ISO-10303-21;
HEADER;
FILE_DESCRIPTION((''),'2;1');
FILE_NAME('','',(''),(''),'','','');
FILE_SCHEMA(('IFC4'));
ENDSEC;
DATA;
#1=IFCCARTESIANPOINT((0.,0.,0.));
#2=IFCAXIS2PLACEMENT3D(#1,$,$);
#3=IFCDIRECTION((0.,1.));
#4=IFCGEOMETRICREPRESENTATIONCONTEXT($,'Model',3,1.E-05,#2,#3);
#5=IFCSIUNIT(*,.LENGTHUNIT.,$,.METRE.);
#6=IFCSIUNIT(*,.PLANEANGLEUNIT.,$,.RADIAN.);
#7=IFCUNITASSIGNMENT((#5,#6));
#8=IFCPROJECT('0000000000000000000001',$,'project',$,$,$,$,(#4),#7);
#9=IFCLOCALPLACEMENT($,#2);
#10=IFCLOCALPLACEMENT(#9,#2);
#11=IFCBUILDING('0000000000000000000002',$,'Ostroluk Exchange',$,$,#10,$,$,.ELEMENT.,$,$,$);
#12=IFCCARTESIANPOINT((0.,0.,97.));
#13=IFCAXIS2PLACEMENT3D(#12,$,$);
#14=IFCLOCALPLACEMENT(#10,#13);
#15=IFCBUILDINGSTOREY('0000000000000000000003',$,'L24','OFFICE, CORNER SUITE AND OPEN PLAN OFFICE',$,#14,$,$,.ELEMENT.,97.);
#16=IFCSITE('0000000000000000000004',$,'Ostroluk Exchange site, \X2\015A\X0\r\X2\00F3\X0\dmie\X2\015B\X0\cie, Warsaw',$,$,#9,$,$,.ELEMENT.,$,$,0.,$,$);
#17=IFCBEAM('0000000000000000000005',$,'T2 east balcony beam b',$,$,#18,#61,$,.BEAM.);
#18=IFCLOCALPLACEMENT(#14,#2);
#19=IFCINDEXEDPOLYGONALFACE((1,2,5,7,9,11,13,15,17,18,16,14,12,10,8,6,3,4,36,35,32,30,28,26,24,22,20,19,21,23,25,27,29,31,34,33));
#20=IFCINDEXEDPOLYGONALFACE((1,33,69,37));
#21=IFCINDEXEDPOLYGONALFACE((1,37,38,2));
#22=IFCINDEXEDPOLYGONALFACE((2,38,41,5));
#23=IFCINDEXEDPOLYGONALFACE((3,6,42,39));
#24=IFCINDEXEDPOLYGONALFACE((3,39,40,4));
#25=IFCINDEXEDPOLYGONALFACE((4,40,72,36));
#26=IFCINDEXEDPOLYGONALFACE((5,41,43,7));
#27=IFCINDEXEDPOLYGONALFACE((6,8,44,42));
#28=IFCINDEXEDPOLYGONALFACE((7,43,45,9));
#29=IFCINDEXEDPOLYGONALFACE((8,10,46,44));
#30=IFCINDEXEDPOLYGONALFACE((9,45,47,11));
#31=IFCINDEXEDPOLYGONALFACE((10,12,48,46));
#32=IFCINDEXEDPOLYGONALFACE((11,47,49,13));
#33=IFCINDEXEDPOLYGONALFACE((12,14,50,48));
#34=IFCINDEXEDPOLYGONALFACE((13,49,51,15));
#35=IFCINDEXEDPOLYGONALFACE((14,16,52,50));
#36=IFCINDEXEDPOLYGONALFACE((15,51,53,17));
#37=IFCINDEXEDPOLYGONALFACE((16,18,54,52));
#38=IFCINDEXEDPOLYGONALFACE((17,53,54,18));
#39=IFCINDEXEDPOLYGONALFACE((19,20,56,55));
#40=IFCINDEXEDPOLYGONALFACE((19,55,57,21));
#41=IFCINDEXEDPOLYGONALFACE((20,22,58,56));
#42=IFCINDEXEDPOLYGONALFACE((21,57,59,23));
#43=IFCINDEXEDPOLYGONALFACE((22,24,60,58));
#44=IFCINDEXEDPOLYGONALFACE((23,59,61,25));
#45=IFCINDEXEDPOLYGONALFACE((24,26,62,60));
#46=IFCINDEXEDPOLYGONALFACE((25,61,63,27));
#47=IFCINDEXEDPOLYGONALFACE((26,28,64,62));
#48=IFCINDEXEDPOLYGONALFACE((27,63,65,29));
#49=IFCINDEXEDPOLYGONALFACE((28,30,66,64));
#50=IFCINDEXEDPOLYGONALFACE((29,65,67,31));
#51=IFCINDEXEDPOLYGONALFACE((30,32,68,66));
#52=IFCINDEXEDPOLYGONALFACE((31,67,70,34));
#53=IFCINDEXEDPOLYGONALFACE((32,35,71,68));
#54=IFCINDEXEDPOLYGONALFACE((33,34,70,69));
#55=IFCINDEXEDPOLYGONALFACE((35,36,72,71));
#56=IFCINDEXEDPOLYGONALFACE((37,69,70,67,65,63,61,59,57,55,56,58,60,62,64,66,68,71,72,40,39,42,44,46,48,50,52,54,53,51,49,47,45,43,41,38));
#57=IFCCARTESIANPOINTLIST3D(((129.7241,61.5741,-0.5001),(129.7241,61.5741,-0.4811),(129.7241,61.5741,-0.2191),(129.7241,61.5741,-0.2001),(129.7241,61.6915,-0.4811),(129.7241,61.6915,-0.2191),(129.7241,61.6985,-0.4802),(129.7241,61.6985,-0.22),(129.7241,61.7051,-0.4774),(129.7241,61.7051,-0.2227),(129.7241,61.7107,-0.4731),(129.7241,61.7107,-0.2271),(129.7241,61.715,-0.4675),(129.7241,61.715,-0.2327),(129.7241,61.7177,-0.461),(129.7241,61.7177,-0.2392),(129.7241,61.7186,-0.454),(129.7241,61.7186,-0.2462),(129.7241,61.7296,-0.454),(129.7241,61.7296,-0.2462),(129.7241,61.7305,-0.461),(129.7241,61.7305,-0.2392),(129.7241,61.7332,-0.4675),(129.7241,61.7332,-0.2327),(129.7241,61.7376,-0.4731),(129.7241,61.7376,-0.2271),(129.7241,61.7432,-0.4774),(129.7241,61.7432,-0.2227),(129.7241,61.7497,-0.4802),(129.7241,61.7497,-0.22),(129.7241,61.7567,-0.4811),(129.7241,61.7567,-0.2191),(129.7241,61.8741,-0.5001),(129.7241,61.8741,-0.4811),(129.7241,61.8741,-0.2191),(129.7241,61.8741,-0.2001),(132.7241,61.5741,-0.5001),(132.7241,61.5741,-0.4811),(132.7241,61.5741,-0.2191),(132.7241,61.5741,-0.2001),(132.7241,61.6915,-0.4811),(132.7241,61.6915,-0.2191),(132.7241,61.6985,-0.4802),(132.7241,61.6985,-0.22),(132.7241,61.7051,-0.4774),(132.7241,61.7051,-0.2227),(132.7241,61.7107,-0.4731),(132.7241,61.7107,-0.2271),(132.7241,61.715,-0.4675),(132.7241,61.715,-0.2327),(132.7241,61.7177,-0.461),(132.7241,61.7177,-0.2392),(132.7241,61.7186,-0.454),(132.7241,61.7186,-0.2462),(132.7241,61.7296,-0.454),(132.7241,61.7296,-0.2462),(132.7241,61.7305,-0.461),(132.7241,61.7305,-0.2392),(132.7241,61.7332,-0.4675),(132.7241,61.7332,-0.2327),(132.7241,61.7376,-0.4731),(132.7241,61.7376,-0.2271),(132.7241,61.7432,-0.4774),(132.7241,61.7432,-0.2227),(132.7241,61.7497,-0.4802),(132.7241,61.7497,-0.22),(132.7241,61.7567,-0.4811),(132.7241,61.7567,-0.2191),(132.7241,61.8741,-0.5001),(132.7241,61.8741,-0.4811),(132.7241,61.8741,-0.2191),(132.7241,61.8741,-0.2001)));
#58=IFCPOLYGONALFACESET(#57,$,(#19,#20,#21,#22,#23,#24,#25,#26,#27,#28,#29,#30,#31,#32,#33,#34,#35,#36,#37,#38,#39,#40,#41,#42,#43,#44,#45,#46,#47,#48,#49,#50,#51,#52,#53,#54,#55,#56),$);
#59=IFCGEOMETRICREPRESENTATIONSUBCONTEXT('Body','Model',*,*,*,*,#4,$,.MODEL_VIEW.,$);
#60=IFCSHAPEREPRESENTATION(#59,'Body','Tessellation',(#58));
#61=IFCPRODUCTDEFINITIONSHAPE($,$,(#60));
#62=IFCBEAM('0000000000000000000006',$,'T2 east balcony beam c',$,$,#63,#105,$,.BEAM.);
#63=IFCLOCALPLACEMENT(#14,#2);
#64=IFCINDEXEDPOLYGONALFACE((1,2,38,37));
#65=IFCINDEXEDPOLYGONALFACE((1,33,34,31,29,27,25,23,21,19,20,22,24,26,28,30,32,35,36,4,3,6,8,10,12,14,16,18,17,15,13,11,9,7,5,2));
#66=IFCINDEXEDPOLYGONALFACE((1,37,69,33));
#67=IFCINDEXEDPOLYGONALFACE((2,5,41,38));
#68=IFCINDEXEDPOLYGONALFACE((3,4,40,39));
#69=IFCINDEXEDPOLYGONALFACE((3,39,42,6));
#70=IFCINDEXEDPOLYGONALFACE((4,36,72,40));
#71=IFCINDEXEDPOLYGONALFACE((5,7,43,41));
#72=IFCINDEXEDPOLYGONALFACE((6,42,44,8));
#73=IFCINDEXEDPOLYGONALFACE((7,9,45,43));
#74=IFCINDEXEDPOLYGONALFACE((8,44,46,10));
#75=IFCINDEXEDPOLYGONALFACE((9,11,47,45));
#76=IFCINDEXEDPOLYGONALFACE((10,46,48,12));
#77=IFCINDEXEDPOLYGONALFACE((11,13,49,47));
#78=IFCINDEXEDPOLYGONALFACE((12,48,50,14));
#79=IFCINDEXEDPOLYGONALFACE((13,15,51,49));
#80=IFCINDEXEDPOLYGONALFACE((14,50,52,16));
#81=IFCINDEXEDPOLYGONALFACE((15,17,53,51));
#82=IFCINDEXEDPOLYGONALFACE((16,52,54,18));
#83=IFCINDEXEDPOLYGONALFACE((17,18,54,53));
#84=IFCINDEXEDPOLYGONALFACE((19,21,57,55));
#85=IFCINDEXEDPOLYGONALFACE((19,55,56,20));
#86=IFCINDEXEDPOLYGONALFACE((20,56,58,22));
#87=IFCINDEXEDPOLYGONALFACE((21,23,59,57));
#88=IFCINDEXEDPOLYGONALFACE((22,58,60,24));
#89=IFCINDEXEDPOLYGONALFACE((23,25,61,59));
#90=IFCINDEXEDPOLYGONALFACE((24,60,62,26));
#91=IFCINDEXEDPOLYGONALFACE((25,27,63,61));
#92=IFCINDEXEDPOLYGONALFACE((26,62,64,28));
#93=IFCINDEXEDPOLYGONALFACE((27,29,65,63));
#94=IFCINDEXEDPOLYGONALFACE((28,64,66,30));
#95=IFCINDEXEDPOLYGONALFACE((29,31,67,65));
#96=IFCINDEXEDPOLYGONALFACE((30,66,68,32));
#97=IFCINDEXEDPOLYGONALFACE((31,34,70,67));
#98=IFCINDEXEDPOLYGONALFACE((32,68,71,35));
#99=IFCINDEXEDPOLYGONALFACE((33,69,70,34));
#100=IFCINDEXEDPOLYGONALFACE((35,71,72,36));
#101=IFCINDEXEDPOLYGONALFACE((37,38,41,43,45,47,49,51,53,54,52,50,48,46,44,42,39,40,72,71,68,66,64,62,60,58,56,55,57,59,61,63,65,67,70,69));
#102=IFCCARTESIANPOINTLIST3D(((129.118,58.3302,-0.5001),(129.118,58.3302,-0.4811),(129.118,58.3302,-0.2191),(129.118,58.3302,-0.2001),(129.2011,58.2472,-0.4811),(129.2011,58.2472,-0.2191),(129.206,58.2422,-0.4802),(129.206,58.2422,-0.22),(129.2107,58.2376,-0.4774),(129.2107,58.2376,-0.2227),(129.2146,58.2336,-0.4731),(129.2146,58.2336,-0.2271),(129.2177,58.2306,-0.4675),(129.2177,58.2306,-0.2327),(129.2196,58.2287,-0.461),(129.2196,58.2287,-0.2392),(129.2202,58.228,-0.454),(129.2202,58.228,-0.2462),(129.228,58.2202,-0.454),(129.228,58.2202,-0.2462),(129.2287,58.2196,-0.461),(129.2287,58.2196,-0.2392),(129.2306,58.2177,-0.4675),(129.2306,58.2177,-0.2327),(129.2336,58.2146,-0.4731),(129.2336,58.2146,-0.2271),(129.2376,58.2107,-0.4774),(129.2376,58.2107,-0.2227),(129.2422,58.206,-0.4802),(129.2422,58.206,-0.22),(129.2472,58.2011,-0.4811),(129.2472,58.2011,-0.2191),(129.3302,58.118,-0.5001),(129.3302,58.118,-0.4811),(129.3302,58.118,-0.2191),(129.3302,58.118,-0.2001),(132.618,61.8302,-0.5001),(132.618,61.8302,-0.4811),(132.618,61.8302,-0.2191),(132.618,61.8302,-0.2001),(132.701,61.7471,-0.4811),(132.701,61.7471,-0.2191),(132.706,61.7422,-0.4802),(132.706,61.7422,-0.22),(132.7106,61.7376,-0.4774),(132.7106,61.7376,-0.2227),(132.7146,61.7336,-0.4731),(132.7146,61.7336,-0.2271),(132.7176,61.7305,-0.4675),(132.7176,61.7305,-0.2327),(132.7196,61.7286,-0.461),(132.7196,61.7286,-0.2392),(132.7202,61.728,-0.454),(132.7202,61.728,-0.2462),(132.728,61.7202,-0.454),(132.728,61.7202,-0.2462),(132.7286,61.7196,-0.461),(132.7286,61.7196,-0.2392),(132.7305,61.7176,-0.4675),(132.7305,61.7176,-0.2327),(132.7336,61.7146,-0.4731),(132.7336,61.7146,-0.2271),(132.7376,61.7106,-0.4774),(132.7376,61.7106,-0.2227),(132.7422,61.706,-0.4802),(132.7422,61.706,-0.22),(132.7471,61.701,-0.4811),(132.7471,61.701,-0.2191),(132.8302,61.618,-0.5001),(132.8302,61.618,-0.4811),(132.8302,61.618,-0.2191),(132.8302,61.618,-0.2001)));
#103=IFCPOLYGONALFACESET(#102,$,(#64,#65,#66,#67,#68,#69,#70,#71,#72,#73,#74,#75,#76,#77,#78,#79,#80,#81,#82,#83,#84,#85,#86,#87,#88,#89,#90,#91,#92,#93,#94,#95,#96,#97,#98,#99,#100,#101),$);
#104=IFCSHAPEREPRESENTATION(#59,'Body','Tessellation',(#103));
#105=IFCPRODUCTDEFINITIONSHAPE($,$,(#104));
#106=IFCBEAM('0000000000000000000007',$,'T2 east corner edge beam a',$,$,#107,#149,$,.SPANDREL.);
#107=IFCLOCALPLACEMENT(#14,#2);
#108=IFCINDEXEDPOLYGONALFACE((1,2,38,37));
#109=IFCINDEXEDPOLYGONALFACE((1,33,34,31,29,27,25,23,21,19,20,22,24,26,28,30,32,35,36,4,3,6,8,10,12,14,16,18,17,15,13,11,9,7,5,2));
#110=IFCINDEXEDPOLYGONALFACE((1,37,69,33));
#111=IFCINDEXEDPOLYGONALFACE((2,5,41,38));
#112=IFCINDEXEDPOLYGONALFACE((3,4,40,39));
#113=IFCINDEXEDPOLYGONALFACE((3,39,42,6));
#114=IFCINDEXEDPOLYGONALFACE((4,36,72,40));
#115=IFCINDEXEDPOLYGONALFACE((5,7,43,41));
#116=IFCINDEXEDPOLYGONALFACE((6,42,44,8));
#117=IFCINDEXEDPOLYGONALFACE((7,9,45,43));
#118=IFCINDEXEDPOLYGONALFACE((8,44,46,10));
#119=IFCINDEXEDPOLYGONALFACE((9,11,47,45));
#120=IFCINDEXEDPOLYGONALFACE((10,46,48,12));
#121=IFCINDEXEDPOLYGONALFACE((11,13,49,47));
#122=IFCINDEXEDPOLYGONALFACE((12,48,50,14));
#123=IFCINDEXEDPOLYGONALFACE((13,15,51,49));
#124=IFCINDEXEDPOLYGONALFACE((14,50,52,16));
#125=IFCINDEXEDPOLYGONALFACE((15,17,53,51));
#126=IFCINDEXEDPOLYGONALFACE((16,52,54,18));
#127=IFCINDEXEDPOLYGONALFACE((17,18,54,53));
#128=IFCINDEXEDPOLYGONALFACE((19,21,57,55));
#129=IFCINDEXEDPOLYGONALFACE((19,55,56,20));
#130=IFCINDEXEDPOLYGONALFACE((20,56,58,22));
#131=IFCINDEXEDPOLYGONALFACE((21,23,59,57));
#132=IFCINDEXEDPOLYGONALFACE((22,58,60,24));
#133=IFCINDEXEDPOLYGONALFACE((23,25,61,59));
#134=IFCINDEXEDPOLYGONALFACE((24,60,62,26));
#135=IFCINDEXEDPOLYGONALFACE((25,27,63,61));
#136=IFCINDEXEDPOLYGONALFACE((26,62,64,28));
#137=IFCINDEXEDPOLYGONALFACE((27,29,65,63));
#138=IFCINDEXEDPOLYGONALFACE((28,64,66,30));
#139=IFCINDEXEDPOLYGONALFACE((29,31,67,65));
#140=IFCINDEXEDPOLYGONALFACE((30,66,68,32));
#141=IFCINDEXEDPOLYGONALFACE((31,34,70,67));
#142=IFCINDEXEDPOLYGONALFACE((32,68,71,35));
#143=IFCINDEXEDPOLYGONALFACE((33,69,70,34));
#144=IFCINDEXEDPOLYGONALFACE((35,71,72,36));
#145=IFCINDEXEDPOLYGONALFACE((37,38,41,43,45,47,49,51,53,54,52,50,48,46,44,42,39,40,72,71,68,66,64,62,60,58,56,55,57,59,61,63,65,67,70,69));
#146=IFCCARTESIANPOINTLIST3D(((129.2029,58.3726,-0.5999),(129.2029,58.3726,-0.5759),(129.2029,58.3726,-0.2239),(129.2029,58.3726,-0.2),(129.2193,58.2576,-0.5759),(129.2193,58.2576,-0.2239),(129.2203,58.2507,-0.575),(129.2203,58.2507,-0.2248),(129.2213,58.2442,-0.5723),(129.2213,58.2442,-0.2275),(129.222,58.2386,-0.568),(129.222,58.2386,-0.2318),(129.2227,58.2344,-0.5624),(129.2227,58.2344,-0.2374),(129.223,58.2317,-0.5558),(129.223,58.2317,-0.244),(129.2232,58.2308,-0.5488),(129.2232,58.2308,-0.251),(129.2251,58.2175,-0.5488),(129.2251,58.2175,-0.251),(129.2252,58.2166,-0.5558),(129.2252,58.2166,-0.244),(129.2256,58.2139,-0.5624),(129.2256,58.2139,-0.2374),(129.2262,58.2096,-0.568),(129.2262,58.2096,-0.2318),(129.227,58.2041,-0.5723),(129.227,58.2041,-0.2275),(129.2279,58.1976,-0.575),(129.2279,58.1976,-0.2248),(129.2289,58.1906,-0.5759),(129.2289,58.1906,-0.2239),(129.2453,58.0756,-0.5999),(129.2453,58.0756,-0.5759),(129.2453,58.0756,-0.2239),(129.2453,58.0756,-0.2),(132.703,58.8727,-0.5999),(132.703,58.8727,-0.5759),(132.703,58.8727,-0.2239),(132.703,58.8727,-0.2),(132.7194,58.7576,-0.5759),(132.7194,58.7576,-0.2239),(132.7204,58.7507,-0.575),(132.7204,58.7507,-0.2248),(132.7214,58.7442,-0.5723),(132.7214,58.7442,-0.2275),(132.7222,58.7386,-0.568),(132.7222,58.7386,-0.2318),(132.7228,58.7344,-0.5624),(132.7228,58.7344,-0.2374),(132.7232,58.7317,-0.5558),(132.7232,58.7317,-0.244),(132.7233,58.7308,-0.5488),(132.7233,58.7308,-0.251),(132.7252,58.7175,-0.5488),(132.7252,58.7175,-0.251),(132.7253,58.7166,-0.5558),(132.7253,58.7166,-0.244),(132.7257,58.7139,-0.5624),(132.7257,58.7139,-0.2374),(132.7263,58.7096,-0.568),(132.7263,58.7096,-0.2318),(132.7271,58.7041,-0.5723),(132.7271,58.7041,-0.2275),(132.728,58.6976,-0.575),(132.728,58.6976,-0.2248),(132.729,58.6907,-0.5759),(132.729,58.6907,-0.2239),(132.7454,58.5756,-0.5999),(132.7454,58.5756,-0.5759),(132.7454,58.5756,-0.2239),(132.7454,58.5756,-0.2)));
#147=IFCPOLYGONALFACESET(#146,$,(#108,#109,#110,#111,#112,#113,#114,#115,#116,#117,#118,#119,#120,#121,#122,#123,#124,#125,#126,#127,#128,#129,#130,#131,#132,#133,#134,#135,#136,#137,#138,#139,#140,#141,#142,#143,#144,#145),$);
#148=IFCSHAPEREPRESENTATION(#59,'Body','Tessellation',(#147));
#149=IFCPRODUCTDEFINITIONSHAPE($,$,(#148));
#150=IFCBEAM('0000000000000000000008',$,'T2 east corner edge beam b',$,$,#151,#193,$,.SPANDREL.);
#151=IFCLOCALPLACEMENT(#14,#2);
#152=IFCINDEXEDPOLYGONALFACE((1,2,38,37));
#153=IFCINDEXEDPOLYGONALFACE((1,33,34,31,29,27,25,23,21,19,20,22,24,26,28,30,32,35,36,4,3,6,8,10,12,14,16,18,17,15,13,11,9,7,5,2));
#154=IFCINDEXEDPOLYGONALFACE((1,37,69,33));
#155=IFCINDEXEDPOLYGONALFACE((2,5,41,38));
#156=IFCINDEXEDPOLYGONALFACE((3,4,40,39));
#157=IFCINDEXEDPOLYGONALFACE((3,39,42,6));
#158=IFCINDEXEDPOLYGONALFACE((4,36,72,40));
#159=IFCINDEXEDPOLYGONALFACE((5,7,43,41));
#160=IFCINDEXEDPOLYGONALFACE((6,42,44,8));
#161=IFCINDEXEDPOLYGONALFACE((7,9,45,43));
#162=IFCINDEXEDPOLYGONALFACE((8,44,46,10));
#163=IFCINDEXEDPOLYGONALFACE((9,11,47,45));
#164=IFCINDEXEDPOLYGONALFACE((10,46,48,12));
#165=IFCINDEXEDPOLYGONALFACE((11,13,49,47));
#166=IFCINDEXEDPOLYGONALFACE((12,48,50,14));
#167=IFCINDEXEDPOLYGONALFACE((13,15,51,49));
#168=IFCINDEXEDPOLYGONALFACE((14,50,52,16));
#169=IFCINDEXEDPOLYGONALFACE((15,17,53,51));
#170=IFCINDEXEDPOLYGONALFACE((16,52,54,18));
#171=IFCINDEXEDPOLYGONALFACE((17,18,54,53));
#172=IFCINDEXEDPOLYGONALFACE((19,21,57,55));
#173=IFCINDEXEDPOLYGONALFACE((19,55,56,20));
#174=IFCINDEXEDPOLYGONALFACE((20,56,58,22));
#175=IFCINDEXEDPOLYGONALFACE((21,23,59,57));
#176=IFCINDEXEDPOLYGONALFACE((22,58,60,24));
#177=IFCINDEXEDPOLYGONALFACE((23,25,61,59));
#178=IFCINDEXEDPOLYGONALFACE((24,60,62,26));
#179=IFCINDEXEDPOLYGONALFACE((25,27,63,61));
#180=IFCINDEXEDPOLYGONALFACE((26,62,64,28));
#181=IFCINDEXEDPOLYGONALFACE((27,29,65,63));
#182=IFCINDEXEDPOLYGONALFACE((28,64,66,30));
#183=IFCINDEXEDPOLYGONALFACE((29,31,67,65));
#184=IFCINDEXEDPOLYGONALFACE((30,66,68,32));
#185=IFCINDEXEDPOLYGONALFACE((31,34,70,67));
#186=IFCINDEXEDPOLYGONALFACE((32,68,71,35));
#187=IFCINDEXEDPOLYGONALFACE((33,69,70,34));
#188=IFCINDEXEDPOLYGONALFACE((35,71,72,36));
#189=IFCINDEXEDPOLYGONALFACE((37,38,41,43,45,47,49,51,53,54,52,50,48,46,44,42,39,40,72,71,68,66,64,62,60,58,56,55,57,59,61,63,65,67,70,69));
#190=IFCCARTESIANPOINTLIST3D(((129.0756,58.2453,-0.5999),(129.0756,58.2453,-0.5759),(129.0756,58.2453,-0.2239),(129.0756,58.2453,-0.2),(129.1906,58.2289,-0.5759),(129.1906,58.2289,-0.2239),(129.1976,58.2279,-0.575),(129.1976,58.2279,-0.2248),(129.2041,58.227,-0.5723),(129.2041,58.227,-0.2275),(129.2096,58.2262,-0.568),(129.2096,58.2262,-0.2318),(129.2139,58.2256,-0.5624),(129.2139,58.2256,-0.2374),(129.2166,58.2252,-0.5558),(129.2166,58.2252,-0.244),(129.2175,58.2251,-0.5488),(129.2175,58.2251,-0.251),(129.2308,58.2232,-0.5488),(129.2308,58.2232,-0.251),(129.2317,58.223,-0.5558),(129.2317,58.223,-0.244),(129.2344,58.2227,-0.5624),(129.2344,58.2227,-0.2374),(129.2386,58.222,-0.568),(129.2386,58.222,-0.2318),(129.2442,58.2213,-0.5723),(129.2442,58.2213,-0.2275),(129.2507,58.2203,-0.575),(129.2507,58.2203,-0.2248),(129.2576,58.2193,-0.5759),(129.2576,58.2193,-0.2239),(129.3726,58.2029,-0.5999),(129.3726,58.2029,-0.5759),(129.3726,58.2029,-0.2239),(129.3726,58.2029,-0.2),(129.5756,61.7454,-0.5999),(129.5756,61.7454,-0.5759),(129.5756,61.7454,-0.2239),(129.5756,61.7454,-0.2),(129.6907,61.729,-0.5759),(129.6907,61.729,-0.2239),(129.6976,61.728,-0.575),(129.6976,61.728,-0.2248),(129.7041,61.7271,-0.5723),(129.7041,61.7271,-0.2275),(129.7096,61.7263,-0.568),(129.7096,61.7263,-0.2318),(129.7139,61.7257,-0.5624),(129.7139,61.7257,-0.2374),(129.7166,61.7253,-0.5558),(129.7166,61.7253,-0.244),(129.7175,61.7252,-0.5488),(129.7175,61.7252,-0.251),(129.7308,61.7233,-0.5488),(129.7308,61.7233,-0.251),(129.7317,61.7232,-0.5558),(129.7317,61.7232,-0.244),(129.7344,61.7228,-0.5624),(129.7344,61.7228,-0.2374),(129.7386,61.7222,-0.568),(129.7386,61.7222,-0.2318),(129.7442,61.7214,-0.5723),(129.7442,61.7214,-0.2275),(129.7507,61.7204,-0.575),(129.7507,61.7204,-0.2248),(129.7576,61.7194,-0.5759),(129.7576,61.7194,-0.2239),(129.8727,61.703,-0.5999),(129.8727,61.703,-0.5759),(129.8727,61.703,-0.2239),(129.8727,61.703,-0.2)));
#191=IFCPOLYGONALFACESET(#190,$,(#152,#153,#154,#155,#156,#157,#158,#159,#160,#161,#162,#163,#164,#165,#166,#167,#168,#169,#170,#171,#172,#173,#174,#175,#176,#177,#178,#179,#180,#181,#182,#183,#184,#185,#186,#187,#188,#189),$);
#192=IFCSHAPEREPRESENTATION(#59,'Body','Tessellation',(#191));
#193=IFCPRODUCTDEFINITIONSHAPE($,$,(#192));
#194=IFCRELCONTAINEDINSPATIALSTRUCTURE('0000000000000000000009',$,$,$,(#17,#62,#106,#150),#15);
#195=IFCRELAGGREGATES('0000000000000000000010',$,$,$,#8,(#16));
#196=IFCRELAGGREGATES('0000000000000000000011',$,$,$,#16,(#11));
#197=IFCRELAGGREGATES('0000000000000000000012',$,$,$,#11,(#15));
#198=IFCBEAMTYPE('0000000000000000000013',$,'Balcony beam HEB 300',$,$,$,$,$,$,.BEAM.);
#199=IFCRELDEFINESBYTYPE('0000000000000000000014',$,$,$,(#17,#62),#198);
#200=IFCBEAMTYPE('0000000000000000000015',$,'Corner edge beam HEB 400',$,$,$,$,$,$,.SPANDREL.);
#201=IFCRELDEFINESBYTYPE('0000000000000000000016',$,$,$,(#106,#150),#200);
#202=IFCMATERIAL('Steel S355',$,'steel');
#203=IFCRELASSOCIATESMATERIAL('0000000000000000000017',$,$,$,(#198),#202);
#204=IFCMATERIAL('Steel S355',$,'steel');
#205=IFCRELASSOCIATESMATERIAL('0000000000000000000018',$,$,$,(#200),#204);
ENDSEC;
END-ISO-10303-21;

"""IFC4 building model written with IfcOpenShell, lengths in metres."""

from ifc_helpers import new_model, si_unit, direction, frame, origin, origin_2d, place, context, subcontext, project, spatial, i_section, extrude, material, material_profile, profile_set, type_object, element, save


model = new_model("IFC4")

# Units and contexts
model_context = context("Model", 3, precision=1e-05, world=origin(), true_north=direction((0.0, 1.0)))
body_context = subcontext(model_context, "Body", "Model", "MODEL_VIEW")
ifc_project = project(units=[si_unit("LENGTHUNIT", "METRE"), si_unit("PLANEANGLEUNIT", "RADIAN")], contexts=[model_context])

# Site, building, storey
site_placement = place(None, origin())
site = spatial("IfcSite", under=ifc_project, at=site_placement, Name="Ostroluk Exchange site, Śródmieście, Warsaw", CompositionType="ELEMENT", RefElevation=0.0)
building_placement = place(site_placement, origin())
building = spatial("IfcBuilding", under=site, at=building_placement, Name="Ostroluk Exchange", CompositionType="ELEMENT")
storey_placement = place(building_placement, frame((0.0, 0.0, 97.0)))
storey = spatial("IfcBuildingStorey", under=building, at=storey_placement, Name="L24", Description="OFFICE, CORNER SUITE AND OPEN PLAN OFFICE", CompositionType="ELEMENT", Elevation=97.0)

# Beams
ifc_material_1 = material(Name="Steel S355", Category="steel")
ifc_material_profile_1 = material_profile(ifc_material_1, i_section(OverallWidth=0.3, OverallDepth=0.3, WebThickness=0.011, FlangeThickness=0.019, FilletRadius=0.0271, at=origin_2d()), Name="HEB 300")
ifc_profile_set_1 = profile_set([ifc_material_profile_1], Name="Steel S355")
beam_type_1 = type_object("IfcBeamType", Name="Balcony beam HEB 300", PredefinedType="BEAM", material=ifc_profile_set_1)
for number, where, z_axis, x_axis, name in (
    (1, (129.7241, 61.7241, -0.3501), (1.0, 0.0, 0.0), (0.0, 1.0, 0.0), "T2 east balcony beam b"),
):
    element("IfcBeam", number, at=place(storey_placement, frame(where, z_axis=z_axis, x_axis=x_axis)), inside=storey, type_object=beam_type_1, Name=name, PredefinedType="BEAM", context=body_context, shape_type="SweptSolid", body=[
        extrude(i_section(OverallWidth=0.3, OverallDepth=0.3, WebThickness=0.011, FlangeThickness=0.019, FilletRadius=0.0271, at=origin_2d()), origin(), (0.0, 0.0, 1.0), 3.0),
    ])
beam_1_placement = place(storey_placement, frame((129.2241, 58.2241, -0.3501), z_axis=(0.707107, 0.707107, 0.0), x_axis=(-0.707107, 0.707107, 0.0)))
element("IfcBeam", 2, at=beam_1_placement, inside=storey, type_object=beam_type_1, Name="T2 east balcony beam c", PredefinedType="BEAM", context=body_context, shape_type="SweptSolid", body=[
    extrude(i_section(OverallWidth=0.3, OverallDepth=0.3, WebThickness=0.011, FlangeThickness=0.019, FilletRadius=0.0271, at=origin_2d()), origin(), (0.0, 0.0, 1.0), 4.9497),
])
ifc_material_2 = material(Name="Steel S355", Category="steel")
ifc_material_profile_2 = material_profile(ifc_material_2, i_section(OverallWidth=0.3, OverallDepth=0.3999, WebThickness=0.0134, FlangeThickness=0.0239, FilletRadius=0.0271, at=origin_2d()), Name="HEB 400")
ifc_profile_set_2 = profile_set([ifc_material_profile_2], Name="Steel S355")
beam_type_2 = type_object("IfcBeamType", Name="Corner edge beam HEB 400", PredefinedType="SPANDREL", material=ifc_profile_set_2)
for number, where, z_axis, x_axis, name in (
    (3, (129.2241, 58.2241, -0.3999), (0.989949, 0.141421, 0.0), (-0.141421, 0.989949, 0.0), "T2 east corner edge beam a"),
    (4, (129.2241, 58.2241, -0.3999), (0.141421, 0.989949, 0.0), (-0.989949, 0.141421, 0.0), "T2 east corner edge beam b"),
):
    element("IfcBeam", number, at=place(storey_placement, frame(where, z_axis=z_axis, x_axis=x_axis)), inside=storey, type_object=beam_type_2, Name=name, PredefinedType="SPANDREL", context=body_context, shape_type="SweptSolid", body=[
        extrude(i_section(OverallWidth=0.3, OverallDepth=0.3999, WebThickness=0.0134, FlangeThickness=0.0239, FilletRadius=0.0271, at=origin_2d()), origin(), (0.0, 0.0, 1.0), 3.5356),
    ])

save(model, "model.ifc")
